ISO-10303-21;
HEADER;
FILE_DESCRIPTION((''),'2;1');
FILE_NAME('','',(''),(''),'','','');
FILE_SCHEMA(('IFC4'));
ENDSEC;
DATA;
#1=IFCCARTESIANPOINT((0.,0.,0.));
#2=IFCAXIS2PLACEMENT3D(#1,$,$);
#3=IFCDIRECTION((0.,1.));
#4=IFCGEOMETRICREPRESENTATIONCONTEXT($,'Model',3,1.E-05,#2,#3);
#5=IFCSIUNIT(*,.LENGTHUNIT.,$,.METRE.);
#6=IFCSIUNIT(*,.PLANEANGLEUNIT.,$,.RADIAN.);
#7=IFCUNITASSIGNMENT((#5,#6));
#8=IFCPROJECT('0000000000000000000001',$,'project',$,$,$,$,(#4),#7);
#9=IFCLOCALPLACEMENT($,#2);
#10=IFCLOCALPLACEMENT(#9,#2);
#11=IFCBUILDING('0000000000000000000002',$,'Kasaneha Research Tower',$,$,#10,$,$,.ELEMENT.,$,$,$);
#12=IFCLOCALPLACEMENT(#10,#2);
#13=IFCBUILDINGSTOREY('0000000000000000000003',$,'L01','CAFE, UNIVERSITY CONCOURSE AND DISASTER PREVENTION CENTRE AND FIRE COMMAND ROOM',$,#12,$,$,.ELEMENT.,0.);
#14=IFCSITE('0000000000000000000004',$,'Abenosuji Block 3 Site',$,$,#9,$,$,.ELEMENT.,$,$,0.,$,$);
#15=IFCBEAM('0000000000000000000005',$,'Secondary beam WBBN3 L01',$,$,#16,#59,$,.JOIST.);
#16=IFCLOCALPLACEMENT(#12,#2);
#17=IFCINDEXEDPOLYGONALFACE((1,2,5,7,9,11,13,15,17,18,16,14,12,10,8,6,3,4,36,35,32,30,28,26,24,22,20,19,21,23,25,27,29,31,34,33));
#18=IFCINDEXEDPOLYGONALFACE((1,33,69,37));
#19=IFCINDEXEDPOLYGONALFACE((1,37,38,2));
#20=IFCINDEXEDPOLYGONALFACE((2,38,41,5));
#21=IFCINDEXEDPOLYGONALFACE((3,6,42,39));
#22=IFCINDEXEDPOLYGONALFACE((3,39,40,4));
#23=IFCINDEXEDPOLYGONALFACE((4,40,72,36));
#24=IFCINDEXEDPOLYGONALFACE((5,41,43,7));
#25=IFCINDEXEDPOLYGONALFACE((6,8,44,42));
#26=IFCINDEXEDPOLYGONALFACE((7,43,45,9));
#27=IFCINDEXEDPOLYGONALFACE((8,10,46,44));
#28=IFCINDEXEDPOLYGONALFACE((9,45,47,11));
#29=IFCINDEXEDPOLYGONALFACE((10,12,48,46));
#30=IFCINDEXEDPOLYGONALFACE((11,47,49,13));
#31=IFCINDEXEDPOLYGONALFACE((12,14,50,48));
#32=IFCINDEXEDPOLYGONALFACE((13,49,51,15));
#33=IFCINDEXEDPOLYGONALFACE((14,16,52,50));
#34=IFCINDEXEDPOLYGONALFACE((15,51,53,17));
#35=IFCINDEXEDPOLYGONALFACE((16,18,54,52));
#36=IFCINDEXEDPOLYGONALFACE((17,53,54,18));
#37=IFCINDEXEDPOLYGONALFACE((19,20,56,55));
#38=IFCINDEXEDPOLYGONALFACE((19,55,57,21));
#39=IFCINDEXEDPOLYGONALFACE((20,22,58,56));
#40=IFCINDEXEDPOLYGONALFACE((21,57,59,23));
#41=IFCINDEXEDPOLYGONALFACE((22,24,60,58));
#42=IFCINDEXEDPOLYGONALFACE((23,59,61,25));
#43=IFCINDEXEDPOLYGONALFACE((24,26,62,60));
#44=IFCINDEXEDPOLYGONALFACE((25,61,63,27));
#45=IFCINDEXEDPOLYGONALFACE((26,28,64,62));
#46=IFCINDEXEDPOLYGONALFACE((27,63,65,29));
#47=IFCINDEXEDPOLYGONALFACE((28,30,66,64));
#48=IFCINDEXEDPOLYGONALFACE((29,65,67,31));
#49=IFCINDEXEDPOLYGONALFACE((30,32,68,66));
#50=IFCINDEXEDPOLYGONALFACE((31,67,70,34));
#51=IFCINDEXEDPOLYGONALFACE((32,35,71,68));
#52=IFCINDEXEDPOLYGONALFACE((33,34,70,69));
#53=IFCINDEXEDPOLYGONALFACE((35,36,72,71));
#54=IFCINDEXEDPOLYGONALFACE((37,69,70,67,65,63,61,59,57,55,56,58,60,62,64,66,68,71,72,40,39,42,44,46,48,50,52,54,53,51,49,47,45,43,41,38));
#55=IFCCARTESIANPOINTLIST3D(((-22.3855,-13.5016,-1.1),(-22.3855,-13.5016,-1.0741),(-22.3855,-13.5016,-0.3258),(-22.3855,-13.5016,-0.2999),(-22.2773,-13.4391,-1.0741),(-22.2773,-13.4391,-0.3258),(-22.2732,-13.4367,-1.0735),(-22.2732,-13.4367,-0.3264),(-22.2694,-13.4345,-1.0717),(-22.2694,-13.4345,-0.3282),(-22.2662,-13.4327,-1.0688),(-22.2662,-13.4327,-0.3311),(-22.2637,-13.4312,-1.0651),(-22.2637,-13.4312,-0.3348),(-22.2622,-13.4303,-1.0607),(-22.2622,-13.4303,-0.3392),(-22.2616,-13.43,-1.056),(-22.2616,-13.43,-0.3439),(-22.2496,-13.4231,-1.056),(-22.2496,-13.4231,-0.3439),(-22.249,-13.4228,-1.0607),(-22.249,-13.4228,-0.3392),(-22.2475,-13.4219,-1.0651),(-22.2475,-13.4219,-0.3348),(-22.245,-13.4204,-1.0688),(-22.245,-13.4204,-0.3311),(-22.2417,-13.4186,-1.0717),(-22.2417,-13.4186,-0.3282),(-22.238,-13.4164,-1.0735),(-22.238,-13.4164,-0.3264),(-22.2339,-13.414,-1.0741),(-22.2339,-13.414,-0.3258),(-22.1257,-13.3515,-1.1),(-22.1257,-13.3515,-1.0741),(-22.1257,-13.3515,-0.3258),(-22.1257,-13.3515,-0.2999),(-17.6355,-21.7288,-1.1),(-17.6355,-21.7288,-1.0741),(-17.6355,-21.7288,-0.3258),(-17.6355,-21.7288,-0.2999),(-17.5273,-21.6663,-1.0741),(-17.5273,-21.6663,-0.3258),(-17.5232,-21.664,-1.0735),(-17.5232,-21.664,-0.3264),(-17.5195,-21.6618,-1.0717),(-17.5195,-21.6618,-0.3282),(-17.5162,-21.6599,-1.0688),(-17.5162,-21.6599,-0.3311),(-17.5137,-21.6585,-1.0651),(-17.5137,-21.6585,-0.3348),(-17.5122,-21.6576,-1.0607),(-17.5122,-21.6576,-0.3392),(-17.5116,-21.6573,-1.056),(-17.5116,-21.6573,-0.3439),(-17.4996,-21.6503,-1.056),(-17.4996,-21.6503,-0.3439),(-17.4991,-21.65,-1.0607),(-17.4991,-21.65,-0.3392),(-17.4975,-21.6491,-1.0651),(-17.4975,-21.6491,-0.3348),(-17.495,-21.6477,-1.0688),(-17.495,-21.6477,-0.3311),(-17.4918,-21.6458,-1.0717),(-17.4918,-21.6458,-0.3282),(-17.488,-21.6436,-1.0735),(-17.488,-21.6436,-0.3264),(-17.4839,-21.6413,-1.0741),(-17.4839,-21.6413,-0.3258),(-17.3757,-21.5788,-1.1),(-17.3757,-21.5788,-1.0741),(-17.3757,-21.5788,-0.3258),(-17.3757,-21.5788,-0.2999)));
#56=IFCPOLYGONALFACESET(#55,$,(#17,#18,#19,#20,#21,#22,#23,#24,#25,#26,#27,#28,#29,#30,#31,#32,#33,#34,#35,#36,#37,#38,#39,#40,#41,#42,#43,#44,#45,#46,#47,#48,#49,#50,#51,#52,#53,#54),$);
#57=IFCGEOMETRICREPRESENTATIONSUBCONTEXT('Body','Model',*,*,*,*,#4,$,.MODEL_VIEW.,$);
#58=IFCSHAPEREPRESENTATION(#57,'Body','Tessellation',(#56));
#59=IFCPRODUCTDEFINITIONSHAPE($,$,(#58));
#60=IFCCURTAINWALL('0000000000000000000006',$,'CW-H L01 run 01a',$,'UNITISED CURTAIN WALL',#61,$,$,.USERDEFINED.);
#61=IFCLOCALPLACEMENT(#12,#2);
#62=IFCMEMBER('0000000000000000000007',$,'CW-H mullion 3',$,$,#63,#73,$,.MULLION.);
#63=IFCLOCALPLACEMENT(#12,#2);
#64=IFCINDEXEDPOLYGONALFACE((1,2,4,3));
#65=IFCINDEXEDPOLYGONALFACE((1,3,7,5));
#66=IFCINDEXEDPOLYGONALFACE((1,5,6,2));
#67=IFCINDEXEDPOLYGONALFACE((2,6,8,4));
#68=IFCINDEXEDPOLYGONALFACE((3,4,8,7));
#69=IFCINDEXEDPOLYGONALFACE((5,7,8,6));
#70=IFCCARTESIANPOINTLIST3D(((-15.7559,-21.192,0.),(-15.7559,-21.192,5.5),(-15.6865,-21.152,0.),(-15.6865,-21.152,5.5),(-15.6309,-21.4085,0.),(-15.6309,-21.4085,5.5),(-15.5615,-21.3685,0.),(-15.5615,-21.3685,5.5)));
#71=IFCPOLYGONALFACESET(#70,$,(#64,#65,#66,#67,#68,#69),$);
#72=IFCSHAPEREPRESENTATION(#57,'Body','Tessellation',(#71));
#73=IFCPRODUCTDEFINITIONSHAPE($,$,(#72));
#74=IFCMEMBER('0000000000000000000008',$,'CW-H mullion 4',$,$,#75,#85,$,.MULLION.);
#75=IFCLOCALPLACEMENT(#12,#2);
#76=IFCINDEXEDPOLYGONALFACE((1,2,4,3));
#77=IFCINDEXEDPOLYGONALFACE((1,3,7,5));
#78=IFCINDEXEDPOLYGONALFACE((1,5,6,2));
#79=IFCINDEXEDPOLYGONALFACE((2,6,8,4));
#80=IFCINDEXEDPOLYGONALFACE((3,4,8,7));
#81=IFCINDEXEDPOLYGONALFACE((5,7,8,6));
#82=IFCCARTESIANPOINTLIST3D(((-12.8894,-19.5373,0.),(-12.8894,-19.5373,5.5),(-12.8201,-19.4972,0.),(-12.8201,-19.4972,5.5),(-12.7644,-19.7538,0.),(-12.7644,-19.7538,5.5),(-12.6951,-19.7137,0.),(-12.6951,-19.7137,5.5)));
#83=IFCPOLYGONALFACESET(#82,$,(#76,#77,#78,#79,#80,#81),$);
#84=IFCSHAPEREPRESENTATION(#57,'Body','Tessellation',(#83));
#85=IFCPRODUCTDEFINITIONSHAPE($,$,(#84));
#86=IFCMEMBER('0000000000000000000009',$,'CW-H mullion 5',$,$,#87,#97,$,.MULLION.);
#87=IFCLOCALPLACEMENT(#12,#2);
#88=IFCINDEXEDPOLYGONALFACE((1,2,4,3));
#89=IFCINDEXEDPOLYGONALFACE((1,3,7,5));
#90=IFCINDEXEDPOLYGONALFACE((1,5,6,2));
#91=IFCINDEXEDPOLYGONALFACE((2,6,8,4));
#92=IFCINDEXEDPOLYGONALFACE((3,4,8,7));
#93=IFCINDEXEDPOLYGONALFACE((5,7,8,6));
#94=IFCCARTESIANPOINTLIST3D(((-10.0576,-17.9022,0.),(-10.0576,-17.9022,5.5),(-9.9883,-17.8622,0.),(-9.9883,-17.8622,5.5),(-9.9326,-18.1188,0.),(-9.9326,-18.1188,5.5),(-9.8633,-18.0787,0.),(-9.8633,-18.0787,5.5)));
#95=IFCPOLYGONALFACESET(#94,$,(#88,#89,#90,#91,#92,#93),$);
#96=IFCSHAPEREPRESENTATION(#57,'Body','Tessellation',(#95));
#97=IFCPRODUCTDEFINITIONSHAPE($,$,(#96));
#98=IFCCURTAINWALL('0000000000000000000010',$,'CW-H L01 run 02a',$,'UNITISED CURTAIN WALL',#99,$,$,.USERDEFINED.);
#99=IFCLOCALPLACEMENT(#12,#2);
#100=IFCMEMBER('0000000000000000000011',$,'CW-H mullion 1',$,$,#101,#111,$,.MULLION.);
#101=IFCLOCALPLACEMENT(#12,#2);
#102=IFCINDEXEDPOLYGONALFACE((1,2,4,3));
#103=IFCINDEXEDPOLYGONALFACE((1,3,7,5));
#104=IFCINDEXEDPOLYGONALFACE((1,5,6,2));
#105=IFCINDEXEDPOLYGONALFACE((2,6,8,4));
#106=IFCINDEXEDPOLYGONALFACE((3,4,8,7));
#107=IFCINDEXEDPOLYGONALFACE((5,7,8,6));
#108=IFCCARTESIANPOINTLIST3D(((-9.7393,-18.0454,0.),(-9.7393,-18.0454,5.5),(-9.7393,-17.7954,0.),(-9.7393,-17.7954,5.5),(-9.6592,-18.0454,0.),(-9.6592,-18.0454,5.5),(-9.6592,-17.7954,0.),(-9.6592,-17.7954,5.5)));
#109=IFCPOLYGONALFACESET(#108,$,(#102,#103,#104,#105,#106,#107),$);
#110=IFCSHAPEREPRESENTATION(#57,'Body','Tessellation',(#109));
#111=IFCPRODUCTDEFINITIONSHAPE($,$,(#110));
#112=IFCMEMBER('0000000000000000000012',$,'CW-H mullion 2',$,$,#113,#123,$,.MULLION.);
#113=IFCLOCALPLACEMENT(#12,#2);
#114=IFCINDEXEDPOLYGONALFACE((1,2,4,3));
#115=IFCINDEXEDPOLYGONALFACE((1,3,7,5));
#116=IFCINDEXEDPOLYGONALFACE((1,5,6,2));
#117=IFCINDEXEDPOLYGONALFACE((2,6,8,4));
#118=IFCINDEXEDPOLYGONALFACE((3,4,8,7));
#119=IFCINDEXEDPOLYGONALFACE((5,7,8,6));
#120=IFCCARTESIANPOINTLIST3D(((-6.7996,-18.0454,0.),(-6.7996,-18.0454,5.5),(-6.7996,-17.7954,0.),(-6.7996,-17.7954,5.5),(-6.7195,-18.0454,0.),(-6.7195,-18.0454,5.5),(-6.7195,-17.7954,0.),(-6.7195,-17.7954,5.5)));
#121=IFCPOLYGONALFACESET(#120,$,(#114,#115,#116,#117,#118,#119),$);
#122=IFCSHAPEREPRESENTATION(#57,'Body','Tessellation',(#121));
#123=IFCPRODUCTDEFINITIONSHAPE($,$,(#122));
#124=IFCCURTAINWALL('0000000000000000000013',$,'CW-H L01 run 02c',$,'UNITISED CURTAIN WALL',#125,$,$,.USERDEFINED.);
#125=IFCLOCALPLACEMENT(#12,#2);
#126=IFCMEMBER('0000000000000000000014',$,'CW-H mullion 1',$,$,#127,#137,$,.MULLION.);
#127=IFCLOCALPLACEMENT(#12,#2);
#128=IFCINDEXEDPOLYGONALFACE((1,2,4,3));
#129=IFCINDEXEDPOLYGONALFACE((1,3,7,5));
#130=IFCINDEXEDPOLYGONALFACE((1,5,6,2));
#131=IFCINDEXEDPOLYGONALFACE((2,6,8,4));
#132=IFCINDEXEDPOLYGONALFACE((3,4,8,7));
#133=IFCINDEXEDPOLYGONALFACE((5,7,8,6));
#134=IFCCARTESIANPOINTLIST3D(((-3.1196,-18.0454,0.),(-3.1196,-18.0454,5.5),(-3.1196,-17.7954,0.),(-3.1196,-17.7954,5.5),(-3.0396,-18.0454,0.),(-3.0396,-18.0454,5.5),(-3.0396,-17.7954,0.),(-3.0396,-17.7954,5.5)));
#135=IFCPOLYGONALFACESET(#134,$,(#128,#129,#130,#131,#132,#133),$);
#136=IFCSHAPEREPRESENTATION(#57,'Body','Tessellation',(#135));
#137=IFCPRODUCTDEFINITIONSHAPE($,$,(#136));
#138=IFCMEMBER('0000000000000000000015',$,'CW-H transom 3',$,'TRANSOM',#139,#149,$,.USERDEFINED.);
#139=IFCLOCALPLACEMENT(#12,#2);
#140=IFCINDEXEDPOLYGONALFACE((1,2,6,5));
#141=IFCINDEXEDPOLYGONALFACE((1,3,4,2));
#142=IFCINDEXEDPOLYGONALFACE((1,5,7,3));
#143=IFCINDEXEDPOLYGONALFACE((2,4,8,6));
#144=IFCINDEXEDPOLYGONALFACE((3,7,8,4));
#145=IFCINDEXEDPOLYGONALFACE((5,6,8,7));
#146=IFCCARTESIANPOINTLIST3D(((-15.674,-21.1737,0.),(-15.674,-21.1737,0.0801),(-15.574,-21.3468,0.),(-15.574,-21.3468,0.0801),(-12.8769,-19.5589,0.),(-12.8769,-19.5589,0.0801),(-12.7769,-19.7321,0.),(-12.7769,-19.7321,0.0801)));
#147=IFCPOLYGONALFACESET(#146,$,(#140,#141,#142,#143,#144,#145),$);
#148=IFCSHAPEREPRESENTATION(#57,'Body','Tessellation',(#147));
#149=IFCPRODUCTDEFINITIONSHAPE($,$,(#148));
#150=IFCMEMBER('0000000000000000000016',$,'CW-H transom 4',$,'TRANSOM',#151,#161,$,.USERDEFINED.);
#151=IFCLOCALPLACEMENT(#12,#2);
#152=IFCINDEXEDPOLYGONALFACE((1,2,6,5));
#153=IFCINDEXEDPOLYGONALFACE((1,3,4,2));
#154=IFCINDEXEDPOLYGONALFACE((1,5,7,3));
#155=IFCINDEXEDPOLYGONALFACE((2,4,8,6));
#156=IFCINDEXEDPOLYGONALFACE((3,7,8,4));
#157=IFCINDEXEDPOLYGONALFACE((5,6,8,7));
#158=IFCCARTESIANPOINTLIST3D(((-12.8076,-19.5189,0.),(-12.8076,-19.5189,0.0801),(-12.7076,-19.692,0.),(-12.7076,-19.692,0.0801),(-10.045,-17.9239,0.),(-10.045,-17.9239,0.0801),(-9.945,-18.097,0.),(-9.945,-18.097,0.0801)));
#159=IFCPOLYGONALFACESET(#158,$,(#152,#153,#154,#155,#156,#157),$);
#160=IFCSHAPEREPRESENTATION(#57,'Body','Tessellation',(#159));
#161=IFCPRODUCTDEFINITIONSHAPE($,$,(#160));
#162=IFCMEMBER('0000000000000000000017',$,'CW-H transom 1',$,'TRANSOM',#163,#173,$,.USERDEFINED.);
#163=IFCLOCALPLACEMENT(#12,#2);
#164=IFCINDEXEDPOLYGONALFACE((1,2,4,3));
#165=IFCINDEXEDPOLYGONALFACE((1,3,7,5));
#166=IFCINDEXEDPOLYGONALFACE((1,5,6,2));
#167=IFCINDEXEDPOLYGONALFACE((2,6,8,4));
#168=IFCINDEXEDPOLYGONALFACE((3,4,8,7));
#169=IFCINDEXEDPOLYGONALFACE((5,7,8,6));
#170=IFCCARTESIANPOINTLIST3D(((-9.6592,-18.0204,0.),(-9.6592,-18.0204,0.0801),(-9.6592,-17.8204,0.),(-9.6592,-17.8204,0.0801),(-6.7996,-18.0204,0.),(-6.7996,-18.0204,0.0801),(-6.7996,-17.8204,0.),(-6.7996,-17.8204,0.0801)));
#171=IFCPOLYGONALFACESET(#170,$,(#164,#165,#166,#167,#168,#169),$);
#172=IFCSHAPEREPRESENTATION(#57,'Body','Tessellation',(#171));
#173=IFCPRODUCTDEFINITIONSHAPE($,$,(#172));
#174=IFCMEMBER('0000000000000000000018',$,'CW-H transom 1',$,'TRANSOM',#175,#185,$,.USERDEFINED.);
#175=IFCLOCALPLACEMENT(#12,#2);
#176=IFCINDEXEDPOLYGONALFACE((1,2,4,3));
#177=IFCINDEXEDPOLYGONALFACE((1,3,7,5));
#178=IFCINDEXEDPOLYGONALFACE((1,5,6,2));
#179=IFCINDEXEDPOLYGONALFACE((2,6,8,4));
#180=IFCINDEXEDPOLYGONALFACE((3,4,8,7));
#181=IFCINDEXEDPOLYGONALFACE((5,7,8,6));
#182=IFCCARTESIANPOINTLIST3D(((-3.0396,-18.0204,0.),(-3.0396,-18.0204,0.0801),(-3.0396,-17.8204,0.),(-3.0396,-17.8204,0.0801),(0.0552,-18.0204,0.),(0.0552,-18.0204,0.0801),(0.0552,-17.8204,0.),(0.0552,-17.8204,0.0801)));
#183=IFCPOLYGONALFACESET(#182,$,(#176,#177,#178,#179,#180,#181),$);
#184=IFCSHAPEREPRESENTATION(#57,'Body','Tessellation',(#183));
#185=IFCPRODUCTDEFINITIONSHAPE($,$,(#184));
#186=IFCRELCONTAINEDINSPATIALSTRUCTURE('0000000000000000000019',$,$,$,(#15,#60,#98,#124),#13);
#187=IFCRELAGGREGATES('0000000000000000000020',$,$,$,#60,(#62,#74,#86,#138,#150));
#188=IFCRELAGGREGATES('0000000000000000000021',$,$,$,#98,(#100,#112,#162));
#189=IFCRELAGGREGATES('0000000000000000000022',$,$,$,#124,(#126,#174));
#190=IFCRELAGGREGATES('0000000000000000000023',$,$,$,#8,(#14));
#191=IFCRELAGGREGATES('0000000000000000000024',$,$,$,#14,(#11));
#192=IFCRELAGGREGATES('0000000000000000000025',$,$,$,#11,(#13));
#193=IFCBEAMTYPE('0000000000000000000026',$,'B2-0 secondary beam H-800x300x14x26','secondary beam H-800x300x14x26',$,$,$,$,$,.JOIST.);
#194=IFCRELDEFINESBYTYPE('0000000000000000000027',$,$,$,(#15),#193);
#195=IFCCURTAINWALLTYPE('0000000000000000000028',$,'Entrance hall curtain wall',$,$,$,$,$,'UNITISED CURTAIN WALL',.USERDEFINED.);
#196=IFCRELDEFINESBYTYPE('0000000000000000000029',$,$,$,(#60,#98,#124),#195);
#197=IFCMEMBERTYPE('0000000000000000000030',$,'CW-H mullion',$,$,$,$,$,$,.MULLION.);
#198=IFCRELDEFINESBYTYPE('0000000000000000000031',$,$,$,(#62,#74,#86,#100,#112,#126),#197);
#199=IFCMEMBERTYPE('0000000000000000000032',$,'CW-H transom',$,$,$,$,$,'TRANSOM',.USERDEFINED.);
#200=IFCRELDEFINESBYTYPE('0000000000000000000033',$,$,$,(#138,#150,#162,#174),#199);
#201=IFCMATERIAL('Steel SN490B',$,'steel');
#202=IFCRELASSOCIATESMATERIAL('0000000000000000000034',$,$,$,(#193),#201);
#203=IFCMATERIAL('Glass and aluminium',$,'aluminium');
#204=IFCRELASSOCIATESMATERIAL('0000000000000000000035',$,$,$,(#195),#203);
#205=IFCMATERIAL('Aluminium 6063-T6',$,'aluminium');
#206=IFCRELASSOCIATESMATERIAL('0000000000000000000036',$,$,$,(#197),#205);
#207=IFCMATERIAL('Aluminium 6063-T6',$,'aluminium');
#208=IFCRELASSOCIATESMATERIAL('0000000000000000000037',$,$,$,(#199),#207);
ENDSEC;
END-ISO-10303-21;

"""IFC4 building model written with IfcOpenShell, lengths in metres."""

from ifc_helpers import new_model, si_unit, direction, frame, origin, origin_2d, place, context, subcontext, project, spatial, rectangle, i_section, extrude, material, material_profile, profile_set, type_object, element, aggregate, save


model = new_model("IFC4")

# Units and contexts
model_context = context("Model", 3, precision=1e-05, world=origin(), true_north=direction((0.0, 1.0)))
body_context = subcontext(model_context, "Body", "Model", "MODEL_VIEW")
ifc_project = project(units=[si_unit("LENGTHUNIT", "METRE"), si_unit("PLANEANGLEUNIT", "RADIAN")], contexts=[model_context])

# Site, building, storey
site_placement = place(None, origin())
site = spatial("IfcSite", under=ifc_project, at=site_placement, Name="Abenosuji Block 3 Site", CompositionType="ELEMENT", RefElevation=0.0)
building_placement = place(site_placement, origin())
building = spatial("IfcBuilding", under=site, at=building_placement, Name="Kasaneha Research Tower", CompositionType="ELEMENT")
storey_placement = place(building_placement, origin())
storey = spatial("IfcBuildingStorey", under=building, at=storey_placement, Name="L01", Description="CAFE, UNIVERSITY CONCOURSE AND DISASTER PREVENTION CENTRE AND FIRE COMMAND ROOM", CompositionType="ELEMENT", Elevation=0.0)

# Beam
ifc_material_1 = material(Name="Steel SN490B", Category="steel")
ifc_material_profile_1 = material_profile(ifc_material_1, i_section(OverallWidth=0.3, OverallDepth=0.8, WebThickness=0.0139, FlangeThickness=0.0259, FilletRadius=0.0181, at=origin_2d()), Name="H-800x300x14x26")
ifc_profile_set_1 = profile_set([ifc_material_profile_1], Name="Steel SN490B")
beam_type_1 = type_object("IfcBeamType", Name="B2-0 secondary beam H-800x300x14x26", Description="secondary beam H-800x300x14x26", PredefinedType="JOIST", material=ifc_profile_set_1)
beam_1_placement = place(storey_placement, frame((-17.5056, -21.6538, -0.7), z_axis=(-0.499998, 0.866027, 0.0), x_axis=(-0.866027, -0.499998, 0.0)))
element("IfcBeam", 1, at=beam_1_placement, inside=storey, type_object=beam_type_1, Name="Secondary beam WBBN3 L01", PredefinedType="JOIST", context=body_context, shape_type="SweptSolid", body=[
    extrude(i_section(OverallWidth=0.3, OverallDepth=0.8, WebThickness=0.0139, FlangeThickness=0.0259, FilletRadius=0.0181, at=origin_2d()), origin(), (0.0, 0.0, 1.0), 9.5),
])

# Curtain walls, members
ifc_material_2 = material(Name="Glass and aluminium", Category="aluminium")
curtain_wall_type = type_object("IfcCurtainWallType", Name="Entrance hall curtain wall", ElementType="UNITISED CURTAIN WALL", PredefinedType="USERDEFINED", material=ifc_material_2)
curtain_wall_1_placement = place(storey_placement, origin())
curtain_wall_1 = element("IfcCurtainWall", 2, at=curtain_wall_1_placement, inside=storey, type_object=curtain_wall_type, Name="CW-H L01 run 01a", ObjectType="UNITISED CURTAIN WALL", PredefinedType="USERDEFINED")
ifc_material_3 = material(Name="Aluminium 6063-T6", Category="aluminium")
ifc_material_profile_2 = material_profile(ifc_material_3, rectangle(XDim=0.0801, YDim=0.25, at=origin_2d()), Name="CW-H mullion 80x250")
ifc_profile_set_2 = profile_set([ifc_material_profile_2], Name="Aluminium 6063-T6")
member_type_1 = type_object("IfcMemberType", Name="CW-H mullion", PredefinedType="MULLION", material=ifc_profile_set_2)
member_1_placement = place(storey_placement, frame((-15.6587, -21.2803, 0.0), z_axis=(0.0, 0.0, 1.0), x_axis=(0.866025, 0.5, 0.0)))
member_1 = element("IfcMember", 3, at=member_1_placement, type_object=member_type_1, Name="CW-H mullion 3", PredefinedType="MULLION", context=body_context, shape_type="SweptSolid", body=[
    extrude(rectangle(XDim=0.0801, YDim=0.25, at=origin_2d()), origin(), (0.0, 0.0, 1.0), 5.5),
])
member_2_placement = place(storey_placement, frame((-12.7922, -19.6255, 0.0), z_axis=(0.0, 0.0, 1.0), x_axis=(0.866025, 0.5, 0.0)))
member_2 = element("IfcMember", 4, at=member_2_placement, type_object=member_type_1, Name="CW-H mullion 4", PredefinedType="MULLION", context=body_context, shape_type="SweptSolid", body=[
    extrude(rectangle(XDim=0.0801, YDim=0.25, at=origin_2d()), origin(), (0.0, 0.0, 1.0), 5.5),
])
member_3_placement = place(storey_placement, frame((-9.9604, -17.9905, 0.0), z_axis=(0.0, 0.0, 1.0), x_axis=(0.866025, 0.5, 0.0)))
member_3 = element("IfcMember", 5, at=member_3_placement, type_object=member_type_1, Name="CW-H mullion 5", PredefinedType="MULLION", context=body_context, shape_type="SweptSolid", body=[
    extrude(rectangle(XDim=0.0801, YDim=0.25, at=origin_2d()), origin(), (0.0, 0.0, 1.0), 5.5),
])
curtain_wall_2_placement = place(storey_placement, origin())
curtain_wall_2 = element("IfcCurtainWall", 6, at=curtain_wall_2_placement, inside=storey, type_object=curtain_wall_type, Name="CW-H L01 run 02a", ObjectType="UNITISED CURTAIN WALL", PredefinedType="USERDEFINED")
member_4_placement = place(storey_placement, frame((-9.6992, -17.9204, 0.0), z_axis=(0.0, 0.0, 1.0), x_axis=(1.0, 0.0, 0.0)))
member_4 = element("IfcMember", 7, at=member_4_placement, type_object=member_type_1, Name="CW-H mullion 1", PredefinedType="MULLION", context=body_context, shape_type="SweptSolid", body=[
    extrude(rectangle(XDim=0.0801, YDim=0.25, at=origin_2d()), origin(), (0.0, 0.0, 1.0), 5.5),
])
member_5_placement = place(storey_placement, frame((-6.7595, -17.9204, 0.0), z_axis=(0.0, 0.0, 1.0), x_axis=(1.0, 0.0, 0.0)))
member_5 = element("IfcMember", 8, at=member_5_placement, type_object=member_type_1, Name="CW-H mullion 2", PredefinedType="MULLION", context=body_context, shape_type="SweptSolid", body=[
    extrude(rectangle(XDim=0.0801, YDim=0.25, at=origin_2d()), origin(), (0.0, 0.0, 1.0), 5.5),
])

# Curtain wall, member
curtain_wall_3_placement = place(storey_placement, origin())
curtain_wall_3 = element("IfcCurtainWall", 9, at=curtain_wall_3_placement, inside=storey, type_object=curtain_wall_type, Name="CW-H L01 run 02c", ObjectType="UNITISED CURTAIN WALL", PredefinedType="USERDEFINED")
member_6_placement = place(storey_placement, frame((-3.0796, -17.9204, 0.0), z_axis=(0.0, 0.0, 1.0), x_axis=(1.0, 0.0, 0.0)))
member_6 = element("IfcMember", 10, at=member_6_placement, type_object=member_type_1, Name="CW-H mullion 1", PredefinedType="MULLION", context=body_context, shape_type="SweptSolid", body=[
    extrude(rectangle(XDim=0.0801, YDim=0.25, at=origin_2d()), origin(), (0.0, 0.0, 1.0), 5.5),
])

# Members
ifc_material_4 = material(Name="Aluminium 6063-T6", Category="aluminium")
ifc_material_profile_3 = material_profile(ifc_material_4, rectangle(XDim=0.2, YDim=0.0801, at=origin_2d()), Name="CW-H transom 200x80")
ifc_profile_set_3 = profile_set([ifc_material_profile_3], Name="Aluminium 6063-T6")
member_type_2 = type_object("IfcMemberType", Name="CW-H transom", ElementType="TRANSOM", PredefinedType="USERDEFINED", material=ifc_profile_set_3)
member_7_placement = place(storey_placement, frame((-15.624, -21.2603, 0.04), z_axis=(0.866048, 0.49996, 0.0), x_axis=(-0.49996, 0.866048, 0.0)))
member_7 = element("IfcMember", 11, at=member_7_placement, type_object=member_type_2, Name="CW-H transom 3", ObjectType="TRANSOM", PredefinedType="USERDEFINED", context=body_context, shape_type="SweptSolid", body=[
    extrude(rectangle(XDim=0.2, YDim=0.0801, at=origin_2d()), origin(), (0.0, 0.0, 1.0), 3.2297),
])
member_8_placement = place(storey_placement, frame((-12.7576, -19.6055, 0.04), z_axis=(0.866016, 0.500016, 0.0), x_axis=(-0.500016, 0.866016, 0.0)))
member_8 = element("IfcMember", 12, at=member_8_placement, type_object=member_type_2, Name="CW-H transom 4", ObjectType="TRANSOM", PredefinedType="USERDEFINED", context=body_context, shape_type="SweptSolid", body=[
    extrude(rectangle(XDim=0.2, YDim=0.0801, at=origin_2d()), origin(), (0.0, 0.0, 1.0), 3.1899),
])
member_9_placement = place(storey_placement, frame((-9.6592, -17.9204, 0.04), z_axis=(1.0, 0.0, 0.0), x_axis=(0.0, 1.0, 0.0)))
member_9 = element("IfcMember", 13, at=member_9_placement, type_object=member_type_2, Name="CW-H transom 1", ObjectType="TRANSOM", PredefinedType="USERDEFINED", context=body_context, shape_type="SweptSolid", body=[
    extrude(rectangle(XDim=0.2, YDim=0.0801, at=origin_2d()), origin(), (0.0, 0.0, 1.0), 2.8596),
])
member_10_placement = place(storey_placement, frame((-3.0396, -17.9204, 0.04), z_axis=(1.0, 0.0, 0.0), x_axis=(0.0, 1.0, 0.0)))
member_10 = element("IfcMember", 14, at=member_10_placement, type_object=member_type_2, Name="CW-H transom 1", ObjectType="TRANSOM", PredefinedType="USERDEFINED", context=body_context, shape_type="SweptSolid", body=[
    extrude(rectangle(XDim=0.2, YDim=0.0801, at=origin_2d()), origin(), (0.0, 0.0, 1.0), 3.0947),
])

aggregate(curtain_wall_1, [member_1, member_2, member_3, member_7, member_8])
aggregate(curtain_wall_2, [member_4, member_5, member_9])
aggregate(curtain_wall_3, [member_6, member_10])

save(model, "model.ifc")
